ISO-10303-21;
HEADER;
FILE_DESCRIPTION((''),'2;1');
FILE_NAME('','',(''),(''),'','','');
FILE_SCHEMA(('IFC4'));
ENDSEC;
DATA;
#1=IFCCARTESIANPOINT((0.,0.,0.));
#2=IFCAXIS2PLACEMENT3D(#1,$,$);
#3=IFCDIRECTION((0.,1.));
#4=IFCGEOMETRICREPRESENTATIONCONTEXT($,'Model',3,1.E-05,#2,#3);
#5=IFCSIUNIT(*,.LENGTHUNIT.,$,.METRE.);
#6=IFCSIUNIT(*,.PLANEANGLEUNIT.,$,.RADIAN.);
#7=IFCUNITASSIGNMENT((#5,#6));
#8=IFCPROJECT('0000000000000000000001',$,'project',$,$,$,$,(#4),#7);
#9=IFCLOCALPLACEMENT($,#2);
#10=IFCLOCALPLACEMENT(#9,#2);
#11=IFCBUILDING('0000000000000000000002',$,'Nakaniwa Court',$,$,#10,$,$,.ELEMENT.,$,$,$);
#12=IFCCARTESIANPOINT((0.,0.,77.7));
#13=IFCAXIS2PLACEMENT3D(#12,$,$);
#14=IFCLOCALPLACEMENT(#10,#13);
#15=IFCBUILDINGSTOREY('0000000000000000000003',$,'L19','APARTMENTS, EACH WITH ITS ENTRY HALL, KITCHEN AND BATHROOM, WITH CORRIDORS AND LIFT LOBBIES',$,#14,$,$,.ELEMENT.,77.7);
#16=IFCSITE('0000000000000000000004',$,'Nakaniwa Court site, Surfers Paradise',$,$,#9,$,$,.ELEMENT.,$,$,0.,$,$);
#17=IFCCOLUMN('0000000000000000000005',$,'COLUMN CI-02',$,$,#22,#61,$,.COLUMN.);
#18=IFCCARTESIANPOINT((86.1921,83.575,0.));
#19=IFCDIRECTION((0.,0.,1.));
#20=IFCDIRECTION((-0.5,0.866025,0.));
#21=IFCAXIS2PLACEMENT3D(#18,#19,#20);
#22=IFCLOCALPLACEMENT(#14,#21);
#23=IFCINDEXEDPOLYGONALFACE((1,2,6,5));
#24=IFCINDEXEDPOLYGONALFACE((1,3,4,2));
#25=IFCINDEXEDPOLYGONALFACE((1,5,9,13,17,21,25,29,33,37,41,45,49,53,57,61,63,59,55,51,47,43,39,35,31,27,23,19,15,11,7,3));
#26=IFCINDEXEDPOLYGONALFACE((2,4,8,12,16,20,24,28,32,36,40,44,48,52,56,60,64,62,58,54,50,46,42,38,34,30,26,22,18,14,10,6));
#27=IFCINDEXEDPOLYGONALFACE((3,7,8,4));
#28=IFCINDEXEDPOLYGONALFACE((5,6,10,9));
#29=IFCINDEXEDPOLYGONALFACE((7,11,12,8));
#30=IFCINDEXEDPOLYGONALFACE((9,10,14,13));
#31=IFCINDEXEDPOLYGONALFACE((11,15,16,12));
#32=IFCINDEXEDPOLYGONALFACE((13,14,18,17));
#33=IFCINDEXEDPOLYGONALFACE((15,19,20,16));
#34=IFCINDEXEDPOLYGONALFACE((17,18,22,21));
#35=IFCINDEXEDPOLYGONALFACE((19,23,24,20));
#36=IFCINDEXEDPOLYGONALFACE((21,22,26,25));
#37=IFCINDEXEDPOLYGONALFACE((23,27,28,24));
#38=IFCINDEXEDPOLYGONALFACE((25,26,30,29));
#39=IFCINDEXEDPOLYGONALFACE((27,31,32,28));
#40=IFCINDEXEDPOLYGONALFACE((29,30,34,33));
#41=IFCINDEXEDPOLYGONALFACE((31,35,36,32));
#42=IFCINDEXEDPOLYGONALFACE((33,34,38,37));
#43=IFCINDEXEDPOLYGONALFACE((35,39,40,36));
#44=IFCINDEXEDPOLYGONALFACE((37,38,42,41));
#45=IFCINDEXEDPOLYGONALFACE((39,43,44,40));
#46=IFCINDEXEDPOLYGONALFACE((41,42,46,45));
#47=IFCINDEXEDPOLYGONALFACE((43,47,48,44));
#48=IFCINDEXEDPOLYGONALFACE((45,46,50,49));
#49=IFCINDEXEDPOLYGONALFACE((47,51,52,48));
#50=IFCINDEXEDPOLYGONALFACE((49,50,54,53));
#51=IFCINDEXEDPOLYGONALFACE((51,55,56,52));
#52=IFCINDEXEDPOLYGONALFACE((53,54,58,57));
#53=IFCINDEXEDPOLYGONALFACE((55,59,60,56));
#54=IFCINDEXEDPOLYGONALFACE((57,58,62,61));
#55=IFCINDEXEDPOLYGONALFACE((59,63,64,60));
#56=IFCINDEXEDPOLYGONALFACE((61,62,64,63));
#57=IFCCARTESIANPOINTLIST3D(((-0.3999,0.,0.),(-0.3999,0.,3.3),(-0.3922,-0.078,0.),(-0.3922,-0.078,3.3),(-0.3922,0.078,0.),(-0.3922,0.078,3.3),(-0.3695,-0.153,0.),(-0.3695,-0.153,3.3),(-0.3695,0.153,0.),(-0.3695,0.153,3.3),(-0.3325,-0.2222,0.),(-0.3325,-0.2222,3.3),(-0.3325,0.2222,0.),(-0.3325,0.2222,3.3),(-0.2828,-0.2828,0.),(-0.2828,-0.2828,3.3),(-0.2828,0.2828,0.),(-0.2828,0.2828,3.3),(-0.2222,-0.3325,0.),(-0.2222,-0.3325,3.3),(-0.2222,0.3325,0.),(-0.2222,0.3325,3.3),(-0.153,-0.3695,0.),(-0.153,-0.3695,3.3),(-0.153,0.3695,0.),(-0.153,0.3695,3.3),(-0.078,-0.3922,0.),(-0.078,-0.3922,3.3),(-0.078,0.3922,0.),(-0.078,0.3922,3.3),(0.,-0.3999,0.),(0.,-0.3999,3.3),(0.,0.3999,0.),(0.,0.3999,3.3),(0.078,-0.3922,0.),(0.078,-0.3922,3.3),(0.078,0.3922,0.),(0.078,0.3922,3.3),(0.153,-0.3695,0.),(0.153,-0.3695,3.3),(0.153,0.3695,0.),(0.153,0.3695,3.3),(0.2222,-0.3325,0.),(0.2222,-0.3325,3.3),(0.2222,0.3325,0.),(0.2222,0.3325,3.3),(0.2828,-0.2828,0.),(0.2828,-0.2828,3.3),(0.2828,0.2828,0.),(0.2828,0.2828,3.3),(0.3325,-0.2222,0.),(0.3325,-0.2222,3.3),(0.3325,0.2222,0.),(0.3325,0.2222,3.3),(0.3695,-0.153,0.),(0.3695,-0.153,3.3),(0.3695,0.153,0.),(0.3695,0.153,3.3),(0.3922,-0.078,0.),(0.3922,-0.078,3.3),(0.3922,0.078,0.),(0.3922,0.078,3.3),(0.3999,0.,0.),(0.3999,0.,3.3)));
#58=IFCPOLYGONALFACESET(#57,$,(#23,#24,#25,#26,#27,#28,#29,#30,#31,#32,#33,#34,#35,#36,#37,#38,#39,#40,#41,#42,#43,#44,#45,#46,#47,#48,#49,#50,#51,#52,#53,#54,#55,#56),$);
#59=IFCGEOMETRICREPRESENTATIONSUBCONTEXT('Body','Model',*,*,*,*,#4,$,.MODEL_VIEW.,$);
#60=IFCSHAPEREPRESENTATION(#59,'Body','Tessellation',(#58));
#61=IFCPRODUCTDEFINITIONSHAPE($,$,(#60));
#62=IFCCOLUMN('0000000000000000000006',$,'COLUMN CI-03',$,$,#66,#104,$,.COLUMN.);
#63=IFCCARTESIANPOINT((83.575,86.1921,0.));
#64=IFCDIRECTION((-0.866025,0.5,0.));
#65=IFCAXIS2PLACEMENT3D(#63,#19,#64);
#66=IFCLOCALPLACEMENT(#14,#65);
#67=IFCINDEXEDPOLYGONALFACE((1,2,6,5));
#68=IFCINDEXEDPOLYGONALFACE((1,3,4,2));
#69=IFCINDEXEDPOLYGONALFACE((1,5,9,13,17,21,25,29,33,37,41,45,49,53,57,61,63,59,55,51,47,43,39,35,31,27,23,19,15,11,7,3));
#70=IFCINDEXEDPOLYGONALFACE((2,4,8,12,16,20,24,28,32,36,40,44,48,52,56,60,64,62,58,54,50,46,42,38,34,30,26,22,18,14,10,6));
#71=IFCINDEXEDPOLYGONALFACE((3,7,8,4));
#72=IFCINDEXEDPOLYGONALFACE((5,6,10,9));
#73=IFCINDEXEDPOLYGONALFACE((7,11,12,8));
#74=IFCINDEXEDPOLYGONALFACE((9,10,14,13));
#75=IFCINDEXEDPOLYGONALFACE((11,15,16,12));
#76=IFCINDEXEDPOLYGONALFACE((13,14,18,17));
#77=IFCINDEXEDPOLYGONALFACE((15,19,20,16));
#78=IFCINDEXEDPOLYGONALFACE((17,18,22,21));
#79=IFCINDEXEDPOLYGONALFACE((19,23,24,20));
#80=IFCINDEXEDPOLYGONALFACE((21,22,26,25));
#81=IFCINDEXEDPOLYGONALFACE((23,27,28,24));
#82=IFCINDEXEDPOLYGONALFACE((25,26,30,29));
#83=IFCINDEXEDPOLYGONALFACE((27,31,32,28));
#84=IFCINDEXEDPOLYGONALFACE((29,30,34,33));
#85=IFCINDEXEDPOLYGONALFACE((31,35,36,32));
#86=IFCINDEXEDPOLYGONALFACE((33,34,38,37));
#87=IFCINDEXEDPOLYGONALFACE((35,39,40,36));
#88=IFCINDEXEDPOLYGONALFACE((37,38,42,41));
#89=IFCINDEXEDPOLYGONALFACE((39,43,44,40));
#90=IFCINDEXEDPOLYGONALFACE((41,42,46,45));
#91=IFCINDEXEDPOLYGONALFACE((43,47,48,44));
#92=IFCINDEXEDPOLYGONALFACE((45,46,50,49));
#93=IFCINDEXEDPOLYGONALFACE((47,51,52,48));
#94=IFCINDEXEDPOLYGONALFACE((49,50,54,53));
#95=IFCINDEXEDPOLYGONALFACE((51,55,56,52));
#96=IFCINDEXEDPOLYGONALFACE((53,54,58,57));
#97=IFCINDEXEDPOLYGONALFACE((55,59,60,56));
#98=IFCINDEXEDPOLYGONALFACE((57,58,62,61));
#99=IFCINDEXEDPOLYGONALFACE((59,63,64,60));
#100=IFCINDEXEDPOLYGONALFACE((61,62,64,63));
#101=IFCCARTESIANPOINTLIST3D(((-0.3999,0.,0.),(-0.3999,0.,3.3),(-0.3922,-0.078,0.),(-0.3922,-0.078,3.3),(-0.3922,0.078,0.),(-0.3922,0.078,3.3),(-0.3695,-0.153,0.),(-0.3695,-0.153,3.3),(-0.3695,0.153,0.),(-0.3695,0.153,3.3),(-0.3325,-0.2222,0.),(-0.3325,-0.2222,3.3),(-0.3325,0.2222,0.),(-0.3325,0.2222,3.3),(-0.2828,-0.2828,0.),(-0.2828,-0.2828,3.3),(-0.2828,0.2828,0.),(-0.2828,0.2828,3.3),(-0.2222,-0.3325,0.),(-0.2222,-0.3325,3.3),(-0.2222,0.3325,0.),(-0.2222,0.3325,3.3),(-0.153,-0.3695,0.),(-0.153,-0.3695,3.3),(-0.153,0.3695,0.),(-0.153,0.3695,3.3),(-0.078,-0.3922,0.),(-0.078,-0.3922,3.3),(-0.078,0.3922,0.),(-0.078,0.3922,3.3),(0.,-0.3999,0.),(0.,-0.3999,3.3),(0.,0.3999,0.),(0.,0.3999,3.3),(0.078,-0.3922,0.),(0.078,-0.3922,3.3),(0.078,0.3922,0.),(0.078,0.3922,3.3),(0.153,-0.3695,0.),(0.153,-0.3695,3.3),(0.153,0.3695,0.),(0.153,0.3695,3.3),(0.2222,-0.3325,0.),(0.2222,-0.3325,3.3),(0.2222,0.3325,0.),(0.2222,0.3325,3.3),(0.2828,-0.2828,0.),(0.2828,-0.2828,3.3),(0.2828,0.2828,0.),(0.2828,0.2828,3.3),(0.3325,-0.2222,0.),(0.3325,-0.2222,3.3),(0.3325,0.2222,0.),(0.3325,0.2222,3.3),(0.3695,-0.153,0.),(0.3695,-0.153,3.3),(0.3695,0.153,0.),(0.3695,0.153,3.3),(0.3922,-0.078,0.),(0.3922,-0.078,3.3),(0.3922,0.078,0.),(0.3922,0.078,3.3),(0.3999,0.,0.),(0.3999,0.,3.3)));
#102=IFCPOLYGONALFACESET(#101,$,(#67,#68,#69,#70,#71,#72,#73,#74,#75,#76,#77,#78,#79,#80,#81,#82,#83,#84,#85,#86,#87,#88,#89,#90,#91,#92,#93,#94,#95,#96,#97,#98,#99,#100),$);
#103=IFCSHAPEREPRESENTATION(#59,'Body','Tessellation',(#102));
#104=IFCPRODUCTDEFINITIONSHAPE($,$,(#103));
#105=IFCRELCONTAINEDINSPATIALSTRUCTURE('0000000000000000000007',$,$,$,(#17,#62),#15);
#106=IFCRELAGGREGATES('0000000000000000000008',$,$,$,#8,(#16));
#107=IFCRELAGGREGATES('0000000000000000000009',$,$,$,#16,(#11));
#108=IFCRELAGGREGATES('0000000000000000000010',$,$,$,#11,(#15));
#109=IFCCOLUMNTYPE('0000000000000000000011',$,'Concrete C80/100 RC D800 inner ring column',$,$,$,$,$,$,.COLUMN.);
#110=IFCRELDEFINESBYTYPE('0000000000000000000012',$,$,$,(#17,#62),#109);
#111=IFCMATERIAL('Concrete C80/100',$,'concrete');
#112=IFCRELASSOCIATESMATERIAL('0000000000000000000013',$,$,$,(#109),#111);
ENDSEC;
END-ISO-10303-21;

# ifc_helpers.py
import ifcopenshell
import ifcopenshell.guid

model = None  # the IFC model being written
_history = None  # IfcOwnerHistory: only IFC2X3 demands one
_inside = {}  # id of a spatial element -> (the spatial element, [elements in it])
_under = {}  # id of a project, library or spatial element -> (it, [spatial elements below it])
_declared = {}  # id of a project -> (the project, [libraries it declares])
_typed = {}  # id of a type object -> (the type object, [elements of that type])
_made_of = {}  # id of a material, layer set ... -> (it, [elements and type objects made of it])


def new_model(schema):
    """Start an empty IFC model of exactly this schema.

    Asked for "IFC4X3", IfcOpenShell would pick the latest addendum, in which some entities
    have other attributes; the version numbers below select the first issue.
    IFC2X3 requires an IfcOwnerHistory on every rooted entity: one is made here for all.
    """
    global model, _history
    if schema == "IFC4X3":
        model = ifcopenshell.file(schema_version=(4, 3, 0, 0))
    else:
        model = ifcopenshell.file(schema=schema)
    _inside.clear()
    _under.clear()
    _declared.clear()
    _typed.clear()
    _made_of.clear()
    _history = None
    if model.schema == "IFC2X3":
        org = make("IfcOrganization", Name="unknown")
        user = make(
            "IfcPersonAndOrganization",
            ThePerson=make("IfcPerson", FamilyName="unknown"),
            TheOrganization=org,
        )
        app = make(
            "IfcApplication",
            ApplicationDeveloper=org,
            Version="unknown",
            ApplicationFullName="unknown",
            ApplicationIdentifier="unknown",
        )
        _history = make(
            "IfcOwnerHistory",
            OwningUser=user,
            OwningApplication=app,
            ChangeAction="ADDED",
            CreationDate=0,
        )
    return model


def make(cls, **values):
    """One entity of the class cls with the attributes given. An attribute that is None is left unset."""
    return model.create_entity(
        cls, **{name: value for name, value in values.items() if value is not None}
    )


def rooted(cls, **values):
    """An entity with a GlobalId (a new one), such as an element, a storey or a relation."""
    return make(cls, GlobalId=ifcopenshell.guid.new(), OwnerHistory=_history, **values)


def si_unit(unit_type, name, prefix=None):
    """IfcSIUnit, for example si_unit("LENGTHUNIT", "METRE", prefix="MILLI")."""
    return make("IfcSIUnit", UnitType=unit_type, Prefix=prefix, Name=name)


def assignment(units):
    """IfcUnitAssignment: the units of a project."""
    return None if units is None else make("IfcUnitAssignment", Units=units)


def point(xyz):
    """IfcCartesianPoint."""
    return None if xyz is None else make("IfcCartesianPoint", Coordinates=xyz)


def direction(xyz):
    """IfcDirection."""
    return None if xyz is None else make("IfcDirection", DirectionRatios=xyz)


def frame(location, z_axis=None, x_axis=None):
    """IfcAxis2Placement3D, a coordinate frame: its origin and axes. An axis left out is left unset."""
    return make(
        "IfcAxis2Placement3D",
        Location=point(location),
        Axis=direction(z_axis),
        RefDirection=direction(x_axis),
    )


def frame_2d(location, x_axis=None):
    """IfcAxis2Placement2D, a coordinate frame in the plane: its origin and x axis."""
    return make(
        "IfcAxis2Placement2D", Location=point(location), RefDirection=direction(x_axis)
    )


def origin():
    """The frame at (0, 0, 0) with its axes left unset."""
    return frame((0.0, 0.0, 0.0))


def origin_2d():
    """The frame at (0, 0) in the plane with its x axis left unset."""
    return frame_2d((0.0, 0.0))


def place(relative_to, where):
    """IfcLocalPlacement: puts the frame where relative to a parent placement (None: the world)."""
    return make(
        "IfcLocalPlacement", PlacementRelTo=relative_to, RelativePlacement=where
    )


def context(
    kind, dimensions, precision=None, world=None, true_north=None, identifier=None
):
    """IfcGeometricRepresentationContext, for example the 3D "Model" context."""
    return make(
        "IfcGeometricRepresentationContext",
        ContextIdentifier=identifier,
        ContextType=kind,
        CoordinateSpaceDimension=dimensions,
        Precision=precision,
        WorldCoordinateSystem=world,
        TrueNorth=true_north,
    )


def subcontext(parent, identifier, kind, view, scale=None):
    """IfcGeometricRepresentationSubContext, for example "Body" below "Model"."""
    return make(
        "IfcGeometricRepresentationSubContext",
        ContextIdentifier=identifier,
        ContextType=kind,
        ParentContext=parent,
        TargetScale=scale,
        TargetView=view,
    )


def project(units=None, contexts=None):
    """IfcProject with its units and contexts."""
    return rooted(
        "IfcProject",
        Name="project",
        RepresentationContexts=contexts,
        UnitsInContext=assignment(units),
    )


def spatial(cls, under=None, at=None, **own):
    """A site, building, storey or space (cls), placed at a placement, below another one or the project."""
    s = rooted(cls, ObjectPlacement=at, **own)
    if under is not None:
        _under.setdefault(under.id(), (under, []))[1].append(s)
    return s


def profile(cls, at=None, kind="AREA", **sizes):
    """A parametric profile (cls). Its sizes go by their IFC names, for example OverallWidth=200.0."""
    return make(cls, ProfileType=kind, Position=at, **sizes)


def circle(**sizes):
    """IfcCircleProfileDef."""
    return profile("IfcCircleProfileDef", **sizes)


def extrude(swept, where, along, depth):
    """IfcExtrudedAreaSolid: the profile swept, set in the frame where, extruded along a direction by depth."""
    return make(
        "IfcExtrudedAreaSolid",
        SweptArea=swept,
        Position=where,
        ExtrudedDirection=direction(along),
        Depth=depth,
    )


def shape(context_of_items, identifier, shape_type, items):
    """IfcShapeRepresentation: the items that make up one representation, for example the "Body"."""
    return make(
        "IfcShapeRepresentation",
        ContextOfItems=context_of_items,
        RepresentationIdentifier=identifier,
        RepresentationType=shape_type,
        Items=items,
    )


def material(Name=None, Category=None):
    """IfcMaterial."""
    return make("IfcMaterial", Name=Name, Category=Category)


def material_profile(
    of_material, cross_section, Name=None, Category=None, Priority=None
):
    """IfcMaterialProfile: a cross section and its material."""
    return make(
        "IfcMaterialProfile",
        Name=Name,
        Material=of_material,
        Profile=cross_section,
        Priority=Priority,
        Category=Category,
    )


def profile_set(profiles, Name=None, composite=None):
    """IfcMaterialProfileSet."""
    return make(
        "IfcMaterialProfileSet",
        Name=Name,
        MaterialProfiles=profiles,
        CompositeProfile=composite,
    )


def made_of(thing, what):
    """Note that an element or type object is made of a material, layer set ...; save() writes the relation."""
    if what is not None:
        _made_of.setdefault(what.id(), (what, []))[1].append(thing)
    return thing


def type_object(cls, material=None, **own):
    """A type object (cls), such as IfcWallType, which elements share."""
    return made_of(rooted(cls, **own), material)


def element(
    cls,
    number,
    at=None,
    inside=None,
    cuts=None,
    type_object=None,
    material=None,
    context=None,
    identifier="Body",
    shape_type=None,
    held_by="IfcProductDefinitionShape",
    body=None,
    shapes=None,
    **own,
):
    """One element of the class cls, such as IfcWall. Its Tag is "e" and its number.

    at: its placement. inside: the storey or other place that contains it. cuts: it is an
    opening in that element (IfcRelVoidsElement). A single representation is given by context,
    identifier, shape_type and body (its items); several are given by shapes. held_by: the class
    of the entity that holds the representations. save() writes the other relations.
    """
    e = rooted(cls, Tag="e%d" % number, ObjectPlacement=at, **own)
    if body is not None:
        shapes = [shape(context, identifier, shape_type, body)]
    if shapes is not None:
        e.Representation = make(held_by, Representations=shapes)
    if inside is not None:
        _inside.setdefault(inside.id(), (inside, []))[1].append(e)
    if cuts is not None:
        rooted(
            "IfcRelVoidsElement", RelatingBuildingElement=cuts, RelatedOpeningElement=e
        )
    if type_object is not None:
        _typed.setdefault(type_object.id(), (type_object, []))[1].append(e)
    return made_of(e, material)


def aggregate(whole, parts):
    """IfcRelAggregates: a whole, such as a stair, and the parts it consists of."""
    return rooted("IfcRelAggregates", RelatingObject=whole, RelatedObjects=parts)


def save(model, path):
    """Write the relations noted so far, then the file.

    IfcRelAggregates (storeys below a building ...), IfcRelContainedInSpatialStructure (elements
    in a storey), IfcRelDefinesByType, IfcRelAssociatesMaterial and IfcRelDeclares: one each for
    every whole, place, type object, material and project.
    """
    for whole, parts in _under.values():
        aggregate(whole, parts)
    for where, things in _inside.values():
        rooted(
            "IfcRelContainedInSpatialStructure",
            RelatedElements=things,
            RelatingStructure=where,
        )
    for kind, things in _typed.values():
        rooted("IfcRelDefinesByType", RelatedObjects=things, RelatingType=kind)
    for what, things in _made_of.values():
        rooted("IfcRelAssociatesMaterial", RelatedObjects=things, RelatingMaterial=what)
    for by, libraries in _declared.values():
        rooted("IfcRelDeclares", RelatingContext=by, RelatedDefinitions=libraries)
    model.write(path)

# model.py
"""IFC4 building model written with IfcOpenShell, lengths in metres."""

from ifc_helpers import new_model, si_unit, direction, frame, origin, origin_2d, place, context, subcontext, project, spatial, circle, extrude, material, material_profile, profile_set, type_object, element, save


model = new_model("IFC4")

# Units and contexts
model_context = context("Model", 3, precision=1e-05, world=origin(), true_north=direction((0.0, 1.0)))
body_context = subcontext(model_context, "Body", "Model", "MODEL_VIEW")
ifc_project = project(units=[si_unit("LENGTHUNIT", "METRE"), si_unit("PLANEANGLEUNIT", "RADIAN")], contexts=[model_context])

# Site, building, storey
site_placement = place(None, origin())
site = spatial("IfcSite", under=ifc_project, at=site_placement, Name="Nakaniwa Court site, Surfers Paradise", CompositionType="ELEMENT", RefElevation=0.0)
building_placement = place(site_placement, origin())
building = spatial("IfcBuilding", under=site, at=building_placement, Name="Nakaniwa Court", CompositionType="ELEMENT")
storey_placement = place(building_placement, frame((0.0, 0.0, 77.7)))
storey = spatial("IfcBuildingStorey", under=building, at=storey_placement, Name="L19", Description="APARTMENTS, EACH WITH ITS ENTRY HALL, KITCHEN AND BATHROOM, WITH CORRIDORS AND LIFT LOBBIES", CompositionType="ELEMENT", Elevation=77.7)

# Columns
ifc_material_1 = material(Name="Concrete C80/100", Category="concrete")
ifc_material_profile_1 = material_profile(ifc_material_1, circle(Radius=0.3999, at=origin_2d()), Name="Concrete C80/100 RC D800 inner ring column")
ifc_profile_set_1 = profile_set([ifc_material_profile_1], Name="Concrete C80/100")
column_type_1 = type_object("IfcColumnType", Name="Concrete C80/100 RC D800 inner ring column", PredefinedType="COLUMN", material=ifc_profile_set_1)
for number, where, z_axis, x_axis, name in (
    (1, (86.1921, 83.575, 0.0), (0.0, 0.0, 1.0), (-0.5, 0.866025, 0.0), "COLUMN CI-02"),
    (2, (83.575, 86.1921, 0.0), (0.0, 0.0, 1.0), (-0.866025, 0.5, 0.0), "COLUMN CI-03"),
):
    element("IfcColumn", number, at=place(storey_placement, frame(where, z_axis=z_axis, x_axis=x_axis)), inside=storey, type_object=column_type_1, Name=name, PredefinedType="COLUMN", context=body_context, shape_type="SweptSolid", body=[
        extrude(circle(Radius=0.3999, at=origin_2d()), origin(), (0.0, 0.0, 1.0), 3.3),
    ])

save(model, "model.ifc")
